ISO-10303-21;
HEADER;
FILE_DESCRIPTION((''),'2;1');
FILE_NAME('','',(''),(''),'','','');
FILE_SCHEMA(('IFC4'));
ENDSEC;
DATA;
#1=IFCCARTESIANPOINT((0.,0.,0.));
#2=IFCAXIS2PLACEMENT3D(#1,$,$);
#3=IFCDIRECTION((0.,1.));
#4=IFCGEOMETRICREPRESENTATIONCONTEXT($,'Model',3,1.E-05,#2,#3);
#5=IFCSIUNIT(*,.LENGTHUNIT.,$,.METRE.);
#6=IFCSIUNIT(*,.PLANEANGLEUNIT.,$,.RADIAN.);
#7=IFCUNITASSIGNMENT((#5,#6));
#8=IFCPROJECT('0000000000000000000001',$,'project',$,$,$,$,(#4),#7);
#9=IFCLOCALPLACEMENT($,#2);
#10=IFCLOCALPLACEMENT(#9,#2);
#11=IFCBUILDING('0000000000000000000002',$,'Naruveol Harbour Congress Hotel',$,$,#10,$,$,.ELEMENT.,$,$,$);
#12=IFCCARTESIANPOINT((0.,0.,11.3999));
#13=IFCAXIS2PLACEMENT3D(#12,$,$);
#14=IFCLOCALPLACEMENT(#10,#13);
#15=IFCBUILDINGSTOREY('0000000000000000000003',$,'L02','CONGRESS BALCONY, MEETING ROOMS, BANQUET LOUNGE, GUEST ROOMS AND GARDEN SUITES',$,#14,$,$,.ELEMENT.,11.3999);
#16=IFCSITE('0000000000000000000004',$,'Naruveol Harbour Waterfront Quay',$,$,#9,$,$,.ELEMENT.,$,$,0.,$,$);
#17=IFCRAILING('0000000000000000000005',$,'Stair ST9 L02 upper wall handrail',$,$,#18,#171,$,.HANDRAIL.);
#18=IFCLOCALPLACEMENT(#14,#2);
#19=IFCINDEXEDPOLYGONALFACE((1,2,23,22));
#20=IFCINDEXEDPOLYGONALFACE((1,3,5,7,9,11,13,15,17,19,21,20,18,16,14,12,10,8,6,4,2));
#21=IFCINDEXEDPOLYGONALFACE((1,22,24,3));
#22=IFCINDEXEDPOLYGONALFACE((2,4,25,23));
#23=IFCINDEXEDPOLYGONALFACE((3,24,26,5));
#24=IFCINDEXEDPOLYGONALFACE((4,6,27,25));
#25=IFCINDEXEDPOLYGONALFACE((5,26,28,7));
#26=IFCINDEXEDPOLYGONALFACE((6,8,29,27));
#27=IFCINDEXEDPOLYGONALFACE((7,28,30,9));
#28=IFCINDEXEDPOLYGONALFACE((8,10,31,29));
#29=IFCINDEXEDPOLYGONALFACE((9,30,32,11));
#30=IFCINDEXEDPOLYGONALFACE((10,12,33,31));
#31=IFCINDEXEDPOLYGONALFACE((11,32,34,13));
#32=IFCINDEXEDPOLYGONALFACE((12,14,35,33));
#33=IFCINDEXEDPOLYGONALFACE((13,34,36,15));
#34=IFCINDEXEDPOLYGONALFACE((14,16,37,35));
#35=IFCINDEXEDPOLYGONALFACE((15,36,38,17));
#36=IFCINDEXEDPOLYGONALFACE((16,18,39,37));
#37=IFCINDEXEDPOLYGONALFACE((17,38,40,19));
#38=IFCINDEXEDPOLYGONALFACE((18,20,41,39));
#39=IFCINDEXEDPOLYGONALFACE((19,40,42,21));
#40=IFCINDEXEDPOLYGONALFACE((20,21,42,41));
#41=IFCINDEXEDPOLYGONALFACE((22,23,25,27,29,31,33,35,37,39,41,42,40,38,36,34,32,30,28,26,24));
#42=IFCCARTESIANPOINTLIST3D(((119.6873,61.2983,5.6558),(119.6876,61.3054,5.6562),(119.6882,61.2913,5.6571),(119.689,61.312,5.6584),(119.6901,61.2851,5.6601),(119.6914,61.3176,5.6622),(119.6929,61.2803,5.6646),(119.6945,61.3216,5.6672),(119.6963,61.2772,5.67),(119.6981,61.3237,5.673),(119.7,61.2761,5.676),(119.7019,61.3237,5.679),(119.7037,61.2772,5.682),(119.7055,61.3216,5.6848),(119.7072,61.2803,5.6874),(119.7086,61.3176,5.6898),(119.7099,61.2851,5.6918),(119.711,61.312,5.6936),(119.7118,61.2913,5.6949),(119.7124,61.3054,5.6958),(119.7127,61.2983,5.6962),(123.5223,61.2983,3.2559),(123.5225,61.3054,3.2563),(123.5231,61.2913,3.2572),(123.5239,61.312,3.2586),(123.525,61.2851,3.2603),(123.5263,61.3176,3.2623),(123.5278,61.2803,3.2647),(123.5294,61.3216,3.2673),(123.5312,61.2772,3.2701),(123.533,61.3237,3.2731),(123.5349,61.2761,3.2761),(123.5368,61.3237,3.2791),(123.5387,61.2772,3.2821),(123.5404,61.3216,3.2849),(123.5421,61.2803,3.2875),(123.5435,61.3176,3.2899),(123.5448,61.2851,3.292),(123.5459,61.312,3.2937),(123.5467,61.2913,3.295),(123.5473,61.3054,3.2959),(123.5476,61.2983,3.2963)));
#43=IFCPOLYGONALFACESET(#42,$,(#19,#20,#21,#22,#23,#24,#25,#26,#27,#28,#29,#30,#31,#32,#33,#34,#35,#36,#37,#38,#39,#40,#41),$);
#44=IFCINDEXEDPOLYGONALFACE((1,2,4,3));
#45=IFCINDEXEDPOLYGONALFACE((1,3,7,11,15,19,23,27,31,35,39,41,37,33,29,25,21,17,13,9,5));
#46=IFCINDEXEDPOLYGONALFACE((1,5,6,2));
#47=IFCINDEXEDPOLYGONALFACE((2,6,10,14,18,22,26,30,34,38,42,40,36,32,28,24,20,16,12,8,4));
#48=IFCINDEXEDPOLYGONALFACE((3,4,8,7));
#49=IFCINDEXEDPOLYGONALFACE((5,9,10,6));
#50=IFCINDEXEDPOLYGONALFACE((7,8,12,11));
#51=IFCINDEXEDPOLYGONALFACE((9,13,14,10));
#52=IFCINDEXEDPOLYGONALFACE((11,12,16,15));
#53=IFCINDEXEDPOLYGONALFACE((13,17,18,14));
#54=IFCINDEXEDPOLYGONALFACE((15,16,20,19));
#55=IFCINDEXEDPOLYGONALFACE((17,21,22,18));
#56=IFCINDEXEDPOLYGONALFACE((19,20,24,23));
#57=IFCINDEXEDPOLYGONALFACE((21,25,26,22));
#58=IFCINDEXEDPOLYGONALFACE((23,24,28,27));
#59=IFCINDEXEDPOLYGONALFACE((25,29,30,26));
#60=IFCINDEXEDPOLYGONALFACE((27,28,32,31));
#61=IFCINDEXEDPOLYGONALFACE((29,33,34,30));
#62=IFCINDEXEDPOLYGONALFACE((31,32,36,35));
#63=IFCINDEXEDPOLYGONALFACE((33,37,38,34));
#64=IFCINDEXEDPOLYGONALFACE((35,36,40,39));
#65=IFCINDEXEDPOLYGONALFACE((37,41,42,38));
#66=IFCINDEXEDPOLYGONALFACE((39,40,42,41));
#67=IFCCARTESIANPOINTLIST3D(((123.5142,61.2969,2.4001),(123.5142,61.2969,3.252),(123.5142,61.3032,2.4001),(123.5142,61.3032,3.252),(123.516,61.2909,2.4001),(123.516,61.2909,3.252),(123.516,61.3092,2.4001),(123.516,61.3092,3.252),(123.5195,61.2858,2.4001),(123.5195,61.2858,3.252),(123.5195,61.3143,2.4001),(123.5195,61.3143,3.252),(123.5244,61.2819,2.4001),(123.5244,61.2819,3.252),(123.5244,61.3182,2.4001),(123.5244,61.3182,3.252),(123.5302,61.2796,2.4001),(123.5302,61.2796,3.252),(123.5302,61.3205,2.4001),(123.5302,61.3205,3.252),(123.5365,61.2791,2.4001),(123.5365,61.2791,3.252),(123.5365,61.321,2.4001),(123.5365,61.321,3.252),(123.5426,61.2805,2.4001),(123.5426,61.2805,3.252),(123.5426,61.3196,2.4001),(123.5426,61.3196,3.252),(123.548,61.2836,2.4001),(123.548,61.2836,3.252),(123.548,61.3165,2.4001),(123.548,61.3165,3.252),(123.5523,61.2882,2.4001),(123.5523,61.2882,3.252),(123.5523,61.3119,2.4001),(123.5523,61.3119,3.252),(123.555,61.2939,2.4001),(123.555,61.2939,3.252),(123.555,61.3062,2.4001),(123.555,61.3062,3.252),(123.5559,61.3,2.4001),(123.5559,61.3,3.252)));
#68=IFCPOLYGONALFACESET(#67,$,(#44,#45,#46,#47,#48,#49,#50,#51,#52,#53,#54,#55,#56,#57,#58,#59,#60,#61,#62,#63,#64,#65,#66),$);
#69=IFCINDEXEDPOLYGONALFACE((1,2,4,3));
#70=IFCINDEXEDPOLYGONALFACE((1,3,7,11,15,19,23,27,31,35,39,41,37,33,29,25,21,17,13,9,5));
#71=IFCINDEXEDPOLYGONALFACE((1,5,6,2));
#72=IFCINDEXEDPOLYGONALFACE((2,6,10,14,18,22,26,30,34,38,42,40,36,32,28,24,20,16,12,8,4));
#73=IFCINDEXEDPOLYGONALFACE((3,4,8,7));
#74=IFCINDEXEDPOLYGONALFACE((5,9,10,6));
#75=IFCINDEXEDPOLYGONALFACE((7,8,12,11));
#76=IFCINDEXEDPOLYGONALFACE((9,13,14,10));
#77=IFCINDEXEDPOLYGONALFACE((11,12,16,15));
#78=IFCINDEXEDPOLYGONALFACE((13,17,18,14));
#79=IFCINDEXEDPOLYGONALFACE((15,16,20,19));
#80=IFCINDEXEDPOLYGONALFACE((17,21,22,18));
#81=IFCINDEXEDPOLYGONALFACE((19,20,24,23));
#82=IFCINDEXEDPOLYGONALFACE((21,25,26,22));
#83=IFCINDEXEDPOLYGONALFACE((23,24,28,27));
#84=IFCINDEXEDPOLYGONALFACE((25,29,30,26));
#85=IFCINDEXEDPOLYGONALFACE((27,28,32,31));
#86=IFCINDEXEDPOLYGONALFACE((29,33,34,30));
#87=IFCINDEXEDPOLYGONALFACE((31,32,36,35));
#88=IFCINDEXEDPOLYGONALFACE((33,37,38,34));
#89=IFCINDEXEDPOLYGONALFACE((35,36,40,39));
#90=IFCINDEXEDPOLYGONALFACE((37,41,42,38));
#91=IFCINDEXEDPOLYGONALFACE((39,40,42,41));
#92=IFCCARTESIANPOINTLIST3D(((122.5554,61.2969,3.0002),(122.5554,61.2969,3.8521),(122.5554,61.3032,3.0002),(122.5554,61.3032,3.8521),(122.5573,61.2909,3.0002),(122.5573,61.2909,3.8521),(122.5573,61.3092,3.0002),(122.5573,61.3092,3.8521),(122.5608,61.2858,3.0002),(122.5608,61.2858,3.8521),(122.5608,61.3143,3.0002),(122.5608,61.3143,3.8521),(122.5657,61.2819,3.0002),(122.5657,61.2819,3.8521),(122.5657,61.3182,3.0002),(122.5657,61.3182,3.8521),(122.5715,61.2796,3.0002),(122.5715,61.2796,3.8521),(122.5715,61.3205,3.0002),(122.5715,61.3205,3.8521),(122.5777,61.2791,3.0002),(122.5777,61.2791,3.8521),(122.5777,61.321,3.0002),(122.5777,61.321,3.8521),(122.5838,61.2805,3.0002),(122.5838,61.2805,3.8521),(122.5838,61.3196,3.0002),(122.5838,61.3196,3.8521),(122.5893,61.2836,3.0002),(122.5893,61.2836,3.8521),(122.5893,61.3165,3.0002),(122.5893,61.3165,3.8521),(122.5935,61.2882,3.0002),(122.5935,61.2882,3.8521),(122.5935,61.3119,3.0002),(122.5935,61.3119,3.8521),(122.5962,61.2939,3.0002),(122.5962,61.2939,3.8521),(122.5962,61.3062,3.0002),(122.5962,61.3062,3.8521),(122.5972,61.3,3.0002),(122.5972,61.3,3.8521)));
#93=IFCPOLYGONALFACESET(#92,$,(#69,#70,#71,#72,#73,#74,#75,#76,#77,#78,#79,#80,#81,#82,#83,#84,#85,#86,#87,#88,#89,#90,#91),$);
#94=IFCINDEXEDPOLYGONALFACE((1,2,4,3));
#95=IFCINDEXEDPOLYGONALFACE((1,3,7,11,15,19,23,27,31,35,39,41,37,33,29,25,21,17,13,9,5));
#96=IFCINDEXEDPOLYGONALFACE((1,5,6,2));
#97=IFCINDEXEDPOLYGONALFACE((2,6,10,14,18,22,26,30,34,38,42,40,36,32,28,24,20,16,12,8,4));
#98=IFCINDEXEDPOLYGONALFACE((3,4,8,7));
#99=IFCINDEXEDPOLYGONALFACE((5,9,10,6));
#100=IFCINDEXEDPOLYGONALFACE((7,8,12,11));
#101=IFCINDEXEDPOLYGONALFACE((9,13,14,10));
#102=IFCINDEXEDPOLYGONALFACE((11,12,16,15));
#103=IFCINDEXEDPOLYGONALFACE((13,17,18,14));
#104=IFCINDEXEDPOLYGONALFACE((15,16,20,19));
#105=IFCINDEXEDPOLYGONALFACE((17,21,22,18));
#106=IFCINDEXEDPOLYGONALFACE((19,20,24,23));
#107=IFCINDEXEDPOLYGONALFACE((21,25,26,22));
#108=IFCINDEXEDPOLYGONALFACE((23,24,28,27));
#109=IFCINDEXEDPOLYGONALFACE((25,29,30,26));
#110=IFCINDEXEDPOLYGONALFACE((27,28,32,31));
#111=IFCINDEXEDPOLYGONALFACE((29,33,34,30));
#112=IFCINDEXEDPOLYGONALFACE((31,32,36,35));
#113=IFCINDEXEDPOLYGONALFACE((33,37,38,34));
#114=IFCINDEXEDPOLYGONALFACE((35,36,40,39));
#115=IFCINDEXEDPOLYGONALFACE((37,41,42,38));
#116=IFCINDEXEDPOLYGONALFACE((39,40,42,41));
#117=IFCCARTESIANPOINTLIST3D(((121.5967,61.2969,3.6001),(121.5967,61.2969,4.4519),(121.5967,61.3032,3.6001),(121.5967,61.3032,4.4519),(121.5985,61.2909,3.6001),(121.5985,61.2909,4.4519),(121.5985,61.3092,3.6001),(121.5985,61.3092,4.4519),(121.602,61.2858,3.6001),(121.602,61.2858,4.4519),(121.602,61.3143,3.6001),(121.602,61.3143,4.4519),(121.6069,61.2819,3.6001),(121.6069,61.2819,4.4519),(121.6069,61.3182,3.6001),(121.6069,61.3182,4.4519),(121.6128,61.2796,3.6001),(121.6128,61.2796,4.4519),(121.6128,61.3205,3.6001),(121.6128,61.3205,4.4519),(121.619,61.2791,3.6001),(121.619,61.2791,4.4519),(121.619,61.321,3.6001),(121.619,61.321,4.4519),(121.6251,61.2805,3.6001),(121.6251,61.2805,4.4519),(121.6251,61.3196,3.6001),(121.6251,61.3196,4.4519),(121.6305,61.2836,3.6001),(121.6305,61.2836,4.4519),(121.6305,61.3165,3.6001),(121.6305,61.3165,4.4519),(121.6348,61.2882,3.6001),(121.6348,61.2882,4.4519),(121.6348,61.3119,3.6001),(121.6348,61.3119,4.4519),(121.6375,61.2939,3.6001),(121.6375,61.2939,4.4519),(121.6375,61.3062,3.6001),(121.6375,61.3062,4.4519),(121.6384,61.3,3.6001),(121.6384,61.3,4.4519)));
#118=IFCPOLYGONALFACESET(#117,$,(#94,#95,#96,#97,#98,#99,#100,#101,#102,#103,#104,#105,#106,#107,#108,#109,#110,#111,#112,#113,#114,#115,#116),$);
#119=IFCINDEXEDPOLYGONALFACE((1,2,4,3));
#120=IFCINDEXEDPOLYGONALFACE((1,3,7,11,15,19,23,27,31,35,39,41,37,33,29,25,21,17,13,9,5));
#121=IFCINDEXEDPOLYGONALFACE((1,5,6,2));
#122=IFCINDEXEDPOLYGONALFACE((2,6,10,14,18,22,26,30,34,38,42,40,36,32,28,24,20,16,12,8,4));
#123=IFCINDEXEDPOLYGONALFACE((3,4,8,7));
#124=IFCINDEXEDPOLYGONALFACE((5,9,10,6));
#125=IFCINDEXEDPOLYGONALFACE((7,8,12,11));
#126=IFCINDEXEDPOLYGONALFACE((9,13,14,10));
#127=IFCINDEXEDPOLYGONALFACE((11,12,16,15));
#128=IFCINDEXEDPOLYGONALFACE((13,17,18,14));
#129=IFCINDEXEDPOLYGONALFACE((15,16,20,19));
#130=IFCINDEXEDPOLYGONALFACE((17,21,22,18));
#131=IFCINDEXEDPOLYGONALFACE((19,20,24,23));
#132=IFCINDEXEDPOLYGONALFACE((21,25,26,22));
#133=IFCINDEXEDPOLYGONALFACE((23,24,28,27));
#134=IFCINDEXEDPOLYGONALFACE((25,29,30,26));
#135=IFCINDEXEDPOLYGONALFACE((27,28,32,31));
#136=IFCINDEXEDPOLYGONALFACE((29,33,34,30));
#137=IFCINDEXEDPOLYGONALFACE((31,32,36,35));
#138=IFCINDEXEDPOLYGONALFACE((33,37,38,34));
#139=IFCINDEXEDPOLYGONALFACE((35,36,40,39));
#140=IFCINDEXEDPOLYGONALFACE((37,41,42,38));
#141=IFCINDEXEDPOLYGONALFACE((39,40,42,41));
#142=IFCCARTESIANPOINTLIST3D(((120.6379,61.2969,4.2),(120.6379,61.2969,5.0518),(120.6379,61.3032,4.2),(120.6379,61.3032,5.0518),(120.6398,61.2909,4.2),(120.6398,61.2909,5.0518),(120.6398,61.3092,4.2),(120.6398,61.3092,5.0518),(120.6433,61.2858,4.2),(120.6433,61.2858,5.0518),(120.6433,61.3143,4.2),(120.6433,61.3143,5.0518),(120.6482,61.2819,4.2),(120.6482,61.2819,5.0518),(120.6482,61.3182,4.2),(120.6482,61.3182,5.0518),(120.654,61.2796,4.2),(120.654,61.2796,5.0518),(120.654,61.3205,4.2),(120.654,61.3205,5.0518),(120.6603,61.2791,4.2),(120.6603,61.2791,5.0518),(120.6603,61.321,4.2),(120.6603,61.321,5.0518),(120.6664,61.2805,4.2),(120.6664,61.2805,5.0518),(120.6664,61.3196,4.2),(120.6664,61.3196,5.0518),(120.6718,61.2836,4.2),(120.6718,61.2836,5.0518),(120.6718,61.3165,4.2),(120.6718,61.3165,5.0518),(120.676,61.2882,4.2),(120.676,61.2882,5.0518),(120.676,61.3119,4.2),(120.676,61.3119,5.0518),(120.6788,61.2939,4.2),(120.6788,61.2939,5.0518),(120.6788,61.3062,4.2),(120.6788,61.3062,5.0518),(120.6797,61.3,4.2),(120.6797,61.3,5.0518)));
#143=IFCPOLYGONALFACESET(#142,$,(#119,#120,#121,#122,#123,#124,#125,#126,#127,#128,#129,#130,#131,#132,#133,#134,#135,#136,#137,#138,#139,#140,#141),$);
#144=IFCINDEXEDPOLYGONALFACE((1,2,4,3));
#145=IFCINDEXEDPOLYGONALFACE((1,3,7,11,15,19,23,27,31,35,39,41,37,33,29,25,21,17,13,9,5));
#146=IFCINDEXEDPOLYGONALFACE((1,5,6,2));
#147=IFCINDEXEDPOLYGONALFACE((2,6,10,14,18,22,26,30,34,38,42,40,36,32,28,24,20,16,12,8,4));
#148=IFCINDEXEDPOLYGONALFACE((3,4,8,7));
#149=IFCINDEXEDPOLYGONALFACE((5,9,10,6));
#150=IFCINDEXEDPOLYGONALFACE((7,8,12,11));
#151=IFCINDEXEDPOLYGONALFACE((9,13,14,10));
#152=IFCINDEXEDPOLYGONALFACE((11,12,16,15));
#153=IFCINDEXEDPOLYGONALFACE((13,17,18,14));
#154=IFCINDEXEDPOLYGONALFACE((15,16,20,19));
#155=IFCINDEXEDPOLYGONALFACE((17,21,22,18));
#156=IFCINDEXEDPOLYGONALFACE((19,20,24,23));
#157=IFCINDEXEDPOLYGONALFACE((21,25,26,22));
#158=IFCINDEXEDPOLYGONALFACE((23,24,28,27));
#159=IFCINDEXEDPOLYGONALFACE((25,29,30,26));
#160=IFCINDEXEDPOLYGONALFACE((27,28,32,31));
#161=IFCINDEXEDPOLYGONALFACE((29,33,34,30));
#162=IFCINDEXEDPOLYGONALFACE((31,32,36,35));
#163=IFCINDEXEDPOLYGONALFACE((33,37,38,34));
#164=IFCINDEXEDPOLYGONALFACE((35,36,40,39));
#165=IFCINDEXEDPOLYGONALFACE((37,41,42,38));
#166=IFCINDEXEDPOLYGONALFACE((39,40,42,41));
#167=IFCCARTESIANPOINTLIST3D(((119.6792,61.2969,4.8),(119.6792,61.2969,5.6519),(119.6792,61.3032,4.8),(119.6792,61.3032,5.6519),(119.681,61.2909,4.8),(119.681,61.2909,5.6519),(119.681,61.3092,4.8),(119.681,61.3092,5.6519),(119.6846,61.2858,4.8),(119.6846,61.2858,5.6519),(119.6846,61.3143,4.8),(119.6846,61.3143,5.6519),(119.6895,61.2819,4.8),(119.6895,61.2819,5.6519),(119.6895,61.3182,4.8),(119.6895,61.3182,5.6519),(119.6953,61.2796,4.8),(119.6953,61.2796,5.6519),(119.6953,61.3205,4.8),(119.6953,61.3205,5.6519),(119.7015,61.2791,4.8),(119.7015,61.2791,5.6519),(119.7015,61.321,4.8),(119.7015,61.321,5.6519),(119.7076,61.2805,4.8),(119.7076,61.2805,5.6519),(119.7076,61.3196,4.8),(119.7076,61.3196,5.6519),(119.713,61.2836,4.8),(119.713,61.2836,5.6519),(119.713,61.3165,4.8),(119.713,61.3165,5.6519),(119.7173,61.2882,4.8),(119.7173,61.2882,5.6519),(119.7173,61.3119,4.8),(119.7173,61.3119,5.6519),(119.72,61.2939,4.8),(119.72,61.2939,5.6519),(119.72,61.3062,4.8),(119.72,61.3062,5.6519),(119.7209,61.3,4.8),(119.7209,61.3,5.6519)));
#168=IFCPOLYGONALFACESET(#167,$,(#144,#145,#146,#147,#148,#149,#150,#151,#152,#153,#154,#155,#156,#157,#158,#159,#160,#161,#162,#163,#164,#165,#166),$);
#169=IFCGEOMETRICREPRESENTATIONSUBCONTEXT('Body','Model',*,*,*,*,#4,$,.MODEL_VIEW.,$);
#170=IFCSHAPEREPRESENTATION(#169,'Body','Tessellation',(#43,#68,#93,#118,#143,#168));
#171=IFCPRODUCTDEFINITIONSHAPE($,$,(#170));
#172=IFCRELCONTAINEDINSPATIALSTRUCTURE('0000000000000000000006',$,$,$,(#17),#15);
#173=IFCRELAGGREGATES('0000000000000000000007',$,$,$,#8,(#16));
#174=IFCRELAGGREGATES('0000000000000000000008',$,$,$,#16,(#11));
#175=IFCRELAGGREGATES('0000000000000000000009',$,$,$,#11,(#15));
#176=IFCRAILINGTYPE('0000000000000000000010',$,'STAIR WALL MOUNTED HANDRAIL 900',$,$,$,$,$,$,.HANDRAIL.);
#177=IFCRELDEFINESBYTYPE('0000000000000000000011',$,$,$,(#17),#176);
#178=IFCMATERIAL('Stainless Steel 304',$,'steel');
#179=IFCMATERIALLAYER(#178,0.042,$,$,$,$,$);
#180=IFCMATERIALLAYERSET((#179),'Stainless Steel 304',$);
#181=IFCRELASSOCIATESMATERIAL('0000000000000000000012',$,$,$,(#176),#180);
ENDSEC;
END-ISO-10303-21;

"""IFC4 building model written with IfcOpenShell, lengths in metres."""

from ifc_helpers import new_model, si_unit, direction, frame, origin, origin_2d, place, context, subcontext, project, spatial, circle, extrude, material, layer, layer_set, type_object, element, save


model = new_model("IFC4")

# Units and contexts
model_context = context("Model", 3, precision=1e-05, world=origin(), true_north=direction((0.0, 1.0)))
body_context = subcontext(model_context, "Body", "Model", "MODEL_VIEW")
ifc_project = project(units=[si_unit("LENGTHUNIT", "METRE"), si_unit("PLANEANGLEUNIT", "RADIAN")], contexts=[model_context])

# Site, building, storey
site_placement = place(None, origin())
site = spatial("IfcSite", under=ifc_project, at=site_placement, Name="Naruveol Harbour Waterfront Quay", CompositionType="ELEMENT", RefElevation=0.0)
building_placement = place(site_placement, origin())
building = spatial("IfcBuilding", under=site, at=building_placement, Name="Naruveol Harbour Congress Hotel", CompositionType="ELEMENT")
storey_placement = place(building_placement, frame((0.0, 0.0, 11.3999)))
storey = spatial("IfcBuildingStorey", under=building, at=storey_placement, Name="L02", Description="CONGRESS BALCONY, MEETING ROOMS, BANQUET LOUNGE, GUEST ROOMS AND GARDEN SUITES", CompositionType="ELEMENT", Elevation=11.3999)

# Railing
ifc_material_1 = material(Name="Stainless Steel 304", Category="steel")
ifc_layer_1 = layer(ifc_material_1, 0.042)
ifc_layer_set_1 = layer_set([ifc_layer_1], Name="Stainless Steel 304")
railing_type_1 = type_object("IfcRailingType", Name="STAIR WALL MOUNTED HANDRAIL 900", PredefinedType="HANDRAIL", material=ifc_layer_set_1)
railing_1_placement = place(storey_placement, frame((123.5349, 61.3, 2.4001)))
element("IfcRailing", 1, at=railing_1_placement, inside=storey, type_object=railing_type_1, Name="Stair ST9 L02 upper wall handrail", PredefinedType="HANDRAIL", context=body_context, shape_type="SweptSolid", body=[
    extrude(circle(Radius=0.0239, at=origin_2d()), frame((0.0, 0.0, 0.876), z_axis=(-0.847695, 0.0, 0.530484), x_axis=(0.0, -1.0, 0.0)), (0.0, 0.0, 1.0), 4.5239),
    extrude(circle(Radius=0.021, at=origin_2d()), origin(), (0.0, 0.0, 1.0), 0.8518),
    extrude(circle(Radius=0.021, at=origin_2d()), frame((-0.9587, 0.0, 0.6001)), (0.0, 0.0, 1.0), 0.8518),
    extrude(circle(Radius=0.021, at=origin_2d()), frame((-1.9175, 0.0, 1.2)), (0.0, 0.0, 1.0), 0.8518),
    extrude(circle(Radius=0.021, at=origin_2d()), frame((-2.8762, 0.0, 1.7998)), (0.0, 0.0, 1.0), 0.8518),
    extrude(circle(Radius=0.021, at=origin_2d()), frame((-3.835, 0.0, 2.3999)), (0.0, 0.0, 1.0), 0.8518),
])

save(model, "model.ifc")
